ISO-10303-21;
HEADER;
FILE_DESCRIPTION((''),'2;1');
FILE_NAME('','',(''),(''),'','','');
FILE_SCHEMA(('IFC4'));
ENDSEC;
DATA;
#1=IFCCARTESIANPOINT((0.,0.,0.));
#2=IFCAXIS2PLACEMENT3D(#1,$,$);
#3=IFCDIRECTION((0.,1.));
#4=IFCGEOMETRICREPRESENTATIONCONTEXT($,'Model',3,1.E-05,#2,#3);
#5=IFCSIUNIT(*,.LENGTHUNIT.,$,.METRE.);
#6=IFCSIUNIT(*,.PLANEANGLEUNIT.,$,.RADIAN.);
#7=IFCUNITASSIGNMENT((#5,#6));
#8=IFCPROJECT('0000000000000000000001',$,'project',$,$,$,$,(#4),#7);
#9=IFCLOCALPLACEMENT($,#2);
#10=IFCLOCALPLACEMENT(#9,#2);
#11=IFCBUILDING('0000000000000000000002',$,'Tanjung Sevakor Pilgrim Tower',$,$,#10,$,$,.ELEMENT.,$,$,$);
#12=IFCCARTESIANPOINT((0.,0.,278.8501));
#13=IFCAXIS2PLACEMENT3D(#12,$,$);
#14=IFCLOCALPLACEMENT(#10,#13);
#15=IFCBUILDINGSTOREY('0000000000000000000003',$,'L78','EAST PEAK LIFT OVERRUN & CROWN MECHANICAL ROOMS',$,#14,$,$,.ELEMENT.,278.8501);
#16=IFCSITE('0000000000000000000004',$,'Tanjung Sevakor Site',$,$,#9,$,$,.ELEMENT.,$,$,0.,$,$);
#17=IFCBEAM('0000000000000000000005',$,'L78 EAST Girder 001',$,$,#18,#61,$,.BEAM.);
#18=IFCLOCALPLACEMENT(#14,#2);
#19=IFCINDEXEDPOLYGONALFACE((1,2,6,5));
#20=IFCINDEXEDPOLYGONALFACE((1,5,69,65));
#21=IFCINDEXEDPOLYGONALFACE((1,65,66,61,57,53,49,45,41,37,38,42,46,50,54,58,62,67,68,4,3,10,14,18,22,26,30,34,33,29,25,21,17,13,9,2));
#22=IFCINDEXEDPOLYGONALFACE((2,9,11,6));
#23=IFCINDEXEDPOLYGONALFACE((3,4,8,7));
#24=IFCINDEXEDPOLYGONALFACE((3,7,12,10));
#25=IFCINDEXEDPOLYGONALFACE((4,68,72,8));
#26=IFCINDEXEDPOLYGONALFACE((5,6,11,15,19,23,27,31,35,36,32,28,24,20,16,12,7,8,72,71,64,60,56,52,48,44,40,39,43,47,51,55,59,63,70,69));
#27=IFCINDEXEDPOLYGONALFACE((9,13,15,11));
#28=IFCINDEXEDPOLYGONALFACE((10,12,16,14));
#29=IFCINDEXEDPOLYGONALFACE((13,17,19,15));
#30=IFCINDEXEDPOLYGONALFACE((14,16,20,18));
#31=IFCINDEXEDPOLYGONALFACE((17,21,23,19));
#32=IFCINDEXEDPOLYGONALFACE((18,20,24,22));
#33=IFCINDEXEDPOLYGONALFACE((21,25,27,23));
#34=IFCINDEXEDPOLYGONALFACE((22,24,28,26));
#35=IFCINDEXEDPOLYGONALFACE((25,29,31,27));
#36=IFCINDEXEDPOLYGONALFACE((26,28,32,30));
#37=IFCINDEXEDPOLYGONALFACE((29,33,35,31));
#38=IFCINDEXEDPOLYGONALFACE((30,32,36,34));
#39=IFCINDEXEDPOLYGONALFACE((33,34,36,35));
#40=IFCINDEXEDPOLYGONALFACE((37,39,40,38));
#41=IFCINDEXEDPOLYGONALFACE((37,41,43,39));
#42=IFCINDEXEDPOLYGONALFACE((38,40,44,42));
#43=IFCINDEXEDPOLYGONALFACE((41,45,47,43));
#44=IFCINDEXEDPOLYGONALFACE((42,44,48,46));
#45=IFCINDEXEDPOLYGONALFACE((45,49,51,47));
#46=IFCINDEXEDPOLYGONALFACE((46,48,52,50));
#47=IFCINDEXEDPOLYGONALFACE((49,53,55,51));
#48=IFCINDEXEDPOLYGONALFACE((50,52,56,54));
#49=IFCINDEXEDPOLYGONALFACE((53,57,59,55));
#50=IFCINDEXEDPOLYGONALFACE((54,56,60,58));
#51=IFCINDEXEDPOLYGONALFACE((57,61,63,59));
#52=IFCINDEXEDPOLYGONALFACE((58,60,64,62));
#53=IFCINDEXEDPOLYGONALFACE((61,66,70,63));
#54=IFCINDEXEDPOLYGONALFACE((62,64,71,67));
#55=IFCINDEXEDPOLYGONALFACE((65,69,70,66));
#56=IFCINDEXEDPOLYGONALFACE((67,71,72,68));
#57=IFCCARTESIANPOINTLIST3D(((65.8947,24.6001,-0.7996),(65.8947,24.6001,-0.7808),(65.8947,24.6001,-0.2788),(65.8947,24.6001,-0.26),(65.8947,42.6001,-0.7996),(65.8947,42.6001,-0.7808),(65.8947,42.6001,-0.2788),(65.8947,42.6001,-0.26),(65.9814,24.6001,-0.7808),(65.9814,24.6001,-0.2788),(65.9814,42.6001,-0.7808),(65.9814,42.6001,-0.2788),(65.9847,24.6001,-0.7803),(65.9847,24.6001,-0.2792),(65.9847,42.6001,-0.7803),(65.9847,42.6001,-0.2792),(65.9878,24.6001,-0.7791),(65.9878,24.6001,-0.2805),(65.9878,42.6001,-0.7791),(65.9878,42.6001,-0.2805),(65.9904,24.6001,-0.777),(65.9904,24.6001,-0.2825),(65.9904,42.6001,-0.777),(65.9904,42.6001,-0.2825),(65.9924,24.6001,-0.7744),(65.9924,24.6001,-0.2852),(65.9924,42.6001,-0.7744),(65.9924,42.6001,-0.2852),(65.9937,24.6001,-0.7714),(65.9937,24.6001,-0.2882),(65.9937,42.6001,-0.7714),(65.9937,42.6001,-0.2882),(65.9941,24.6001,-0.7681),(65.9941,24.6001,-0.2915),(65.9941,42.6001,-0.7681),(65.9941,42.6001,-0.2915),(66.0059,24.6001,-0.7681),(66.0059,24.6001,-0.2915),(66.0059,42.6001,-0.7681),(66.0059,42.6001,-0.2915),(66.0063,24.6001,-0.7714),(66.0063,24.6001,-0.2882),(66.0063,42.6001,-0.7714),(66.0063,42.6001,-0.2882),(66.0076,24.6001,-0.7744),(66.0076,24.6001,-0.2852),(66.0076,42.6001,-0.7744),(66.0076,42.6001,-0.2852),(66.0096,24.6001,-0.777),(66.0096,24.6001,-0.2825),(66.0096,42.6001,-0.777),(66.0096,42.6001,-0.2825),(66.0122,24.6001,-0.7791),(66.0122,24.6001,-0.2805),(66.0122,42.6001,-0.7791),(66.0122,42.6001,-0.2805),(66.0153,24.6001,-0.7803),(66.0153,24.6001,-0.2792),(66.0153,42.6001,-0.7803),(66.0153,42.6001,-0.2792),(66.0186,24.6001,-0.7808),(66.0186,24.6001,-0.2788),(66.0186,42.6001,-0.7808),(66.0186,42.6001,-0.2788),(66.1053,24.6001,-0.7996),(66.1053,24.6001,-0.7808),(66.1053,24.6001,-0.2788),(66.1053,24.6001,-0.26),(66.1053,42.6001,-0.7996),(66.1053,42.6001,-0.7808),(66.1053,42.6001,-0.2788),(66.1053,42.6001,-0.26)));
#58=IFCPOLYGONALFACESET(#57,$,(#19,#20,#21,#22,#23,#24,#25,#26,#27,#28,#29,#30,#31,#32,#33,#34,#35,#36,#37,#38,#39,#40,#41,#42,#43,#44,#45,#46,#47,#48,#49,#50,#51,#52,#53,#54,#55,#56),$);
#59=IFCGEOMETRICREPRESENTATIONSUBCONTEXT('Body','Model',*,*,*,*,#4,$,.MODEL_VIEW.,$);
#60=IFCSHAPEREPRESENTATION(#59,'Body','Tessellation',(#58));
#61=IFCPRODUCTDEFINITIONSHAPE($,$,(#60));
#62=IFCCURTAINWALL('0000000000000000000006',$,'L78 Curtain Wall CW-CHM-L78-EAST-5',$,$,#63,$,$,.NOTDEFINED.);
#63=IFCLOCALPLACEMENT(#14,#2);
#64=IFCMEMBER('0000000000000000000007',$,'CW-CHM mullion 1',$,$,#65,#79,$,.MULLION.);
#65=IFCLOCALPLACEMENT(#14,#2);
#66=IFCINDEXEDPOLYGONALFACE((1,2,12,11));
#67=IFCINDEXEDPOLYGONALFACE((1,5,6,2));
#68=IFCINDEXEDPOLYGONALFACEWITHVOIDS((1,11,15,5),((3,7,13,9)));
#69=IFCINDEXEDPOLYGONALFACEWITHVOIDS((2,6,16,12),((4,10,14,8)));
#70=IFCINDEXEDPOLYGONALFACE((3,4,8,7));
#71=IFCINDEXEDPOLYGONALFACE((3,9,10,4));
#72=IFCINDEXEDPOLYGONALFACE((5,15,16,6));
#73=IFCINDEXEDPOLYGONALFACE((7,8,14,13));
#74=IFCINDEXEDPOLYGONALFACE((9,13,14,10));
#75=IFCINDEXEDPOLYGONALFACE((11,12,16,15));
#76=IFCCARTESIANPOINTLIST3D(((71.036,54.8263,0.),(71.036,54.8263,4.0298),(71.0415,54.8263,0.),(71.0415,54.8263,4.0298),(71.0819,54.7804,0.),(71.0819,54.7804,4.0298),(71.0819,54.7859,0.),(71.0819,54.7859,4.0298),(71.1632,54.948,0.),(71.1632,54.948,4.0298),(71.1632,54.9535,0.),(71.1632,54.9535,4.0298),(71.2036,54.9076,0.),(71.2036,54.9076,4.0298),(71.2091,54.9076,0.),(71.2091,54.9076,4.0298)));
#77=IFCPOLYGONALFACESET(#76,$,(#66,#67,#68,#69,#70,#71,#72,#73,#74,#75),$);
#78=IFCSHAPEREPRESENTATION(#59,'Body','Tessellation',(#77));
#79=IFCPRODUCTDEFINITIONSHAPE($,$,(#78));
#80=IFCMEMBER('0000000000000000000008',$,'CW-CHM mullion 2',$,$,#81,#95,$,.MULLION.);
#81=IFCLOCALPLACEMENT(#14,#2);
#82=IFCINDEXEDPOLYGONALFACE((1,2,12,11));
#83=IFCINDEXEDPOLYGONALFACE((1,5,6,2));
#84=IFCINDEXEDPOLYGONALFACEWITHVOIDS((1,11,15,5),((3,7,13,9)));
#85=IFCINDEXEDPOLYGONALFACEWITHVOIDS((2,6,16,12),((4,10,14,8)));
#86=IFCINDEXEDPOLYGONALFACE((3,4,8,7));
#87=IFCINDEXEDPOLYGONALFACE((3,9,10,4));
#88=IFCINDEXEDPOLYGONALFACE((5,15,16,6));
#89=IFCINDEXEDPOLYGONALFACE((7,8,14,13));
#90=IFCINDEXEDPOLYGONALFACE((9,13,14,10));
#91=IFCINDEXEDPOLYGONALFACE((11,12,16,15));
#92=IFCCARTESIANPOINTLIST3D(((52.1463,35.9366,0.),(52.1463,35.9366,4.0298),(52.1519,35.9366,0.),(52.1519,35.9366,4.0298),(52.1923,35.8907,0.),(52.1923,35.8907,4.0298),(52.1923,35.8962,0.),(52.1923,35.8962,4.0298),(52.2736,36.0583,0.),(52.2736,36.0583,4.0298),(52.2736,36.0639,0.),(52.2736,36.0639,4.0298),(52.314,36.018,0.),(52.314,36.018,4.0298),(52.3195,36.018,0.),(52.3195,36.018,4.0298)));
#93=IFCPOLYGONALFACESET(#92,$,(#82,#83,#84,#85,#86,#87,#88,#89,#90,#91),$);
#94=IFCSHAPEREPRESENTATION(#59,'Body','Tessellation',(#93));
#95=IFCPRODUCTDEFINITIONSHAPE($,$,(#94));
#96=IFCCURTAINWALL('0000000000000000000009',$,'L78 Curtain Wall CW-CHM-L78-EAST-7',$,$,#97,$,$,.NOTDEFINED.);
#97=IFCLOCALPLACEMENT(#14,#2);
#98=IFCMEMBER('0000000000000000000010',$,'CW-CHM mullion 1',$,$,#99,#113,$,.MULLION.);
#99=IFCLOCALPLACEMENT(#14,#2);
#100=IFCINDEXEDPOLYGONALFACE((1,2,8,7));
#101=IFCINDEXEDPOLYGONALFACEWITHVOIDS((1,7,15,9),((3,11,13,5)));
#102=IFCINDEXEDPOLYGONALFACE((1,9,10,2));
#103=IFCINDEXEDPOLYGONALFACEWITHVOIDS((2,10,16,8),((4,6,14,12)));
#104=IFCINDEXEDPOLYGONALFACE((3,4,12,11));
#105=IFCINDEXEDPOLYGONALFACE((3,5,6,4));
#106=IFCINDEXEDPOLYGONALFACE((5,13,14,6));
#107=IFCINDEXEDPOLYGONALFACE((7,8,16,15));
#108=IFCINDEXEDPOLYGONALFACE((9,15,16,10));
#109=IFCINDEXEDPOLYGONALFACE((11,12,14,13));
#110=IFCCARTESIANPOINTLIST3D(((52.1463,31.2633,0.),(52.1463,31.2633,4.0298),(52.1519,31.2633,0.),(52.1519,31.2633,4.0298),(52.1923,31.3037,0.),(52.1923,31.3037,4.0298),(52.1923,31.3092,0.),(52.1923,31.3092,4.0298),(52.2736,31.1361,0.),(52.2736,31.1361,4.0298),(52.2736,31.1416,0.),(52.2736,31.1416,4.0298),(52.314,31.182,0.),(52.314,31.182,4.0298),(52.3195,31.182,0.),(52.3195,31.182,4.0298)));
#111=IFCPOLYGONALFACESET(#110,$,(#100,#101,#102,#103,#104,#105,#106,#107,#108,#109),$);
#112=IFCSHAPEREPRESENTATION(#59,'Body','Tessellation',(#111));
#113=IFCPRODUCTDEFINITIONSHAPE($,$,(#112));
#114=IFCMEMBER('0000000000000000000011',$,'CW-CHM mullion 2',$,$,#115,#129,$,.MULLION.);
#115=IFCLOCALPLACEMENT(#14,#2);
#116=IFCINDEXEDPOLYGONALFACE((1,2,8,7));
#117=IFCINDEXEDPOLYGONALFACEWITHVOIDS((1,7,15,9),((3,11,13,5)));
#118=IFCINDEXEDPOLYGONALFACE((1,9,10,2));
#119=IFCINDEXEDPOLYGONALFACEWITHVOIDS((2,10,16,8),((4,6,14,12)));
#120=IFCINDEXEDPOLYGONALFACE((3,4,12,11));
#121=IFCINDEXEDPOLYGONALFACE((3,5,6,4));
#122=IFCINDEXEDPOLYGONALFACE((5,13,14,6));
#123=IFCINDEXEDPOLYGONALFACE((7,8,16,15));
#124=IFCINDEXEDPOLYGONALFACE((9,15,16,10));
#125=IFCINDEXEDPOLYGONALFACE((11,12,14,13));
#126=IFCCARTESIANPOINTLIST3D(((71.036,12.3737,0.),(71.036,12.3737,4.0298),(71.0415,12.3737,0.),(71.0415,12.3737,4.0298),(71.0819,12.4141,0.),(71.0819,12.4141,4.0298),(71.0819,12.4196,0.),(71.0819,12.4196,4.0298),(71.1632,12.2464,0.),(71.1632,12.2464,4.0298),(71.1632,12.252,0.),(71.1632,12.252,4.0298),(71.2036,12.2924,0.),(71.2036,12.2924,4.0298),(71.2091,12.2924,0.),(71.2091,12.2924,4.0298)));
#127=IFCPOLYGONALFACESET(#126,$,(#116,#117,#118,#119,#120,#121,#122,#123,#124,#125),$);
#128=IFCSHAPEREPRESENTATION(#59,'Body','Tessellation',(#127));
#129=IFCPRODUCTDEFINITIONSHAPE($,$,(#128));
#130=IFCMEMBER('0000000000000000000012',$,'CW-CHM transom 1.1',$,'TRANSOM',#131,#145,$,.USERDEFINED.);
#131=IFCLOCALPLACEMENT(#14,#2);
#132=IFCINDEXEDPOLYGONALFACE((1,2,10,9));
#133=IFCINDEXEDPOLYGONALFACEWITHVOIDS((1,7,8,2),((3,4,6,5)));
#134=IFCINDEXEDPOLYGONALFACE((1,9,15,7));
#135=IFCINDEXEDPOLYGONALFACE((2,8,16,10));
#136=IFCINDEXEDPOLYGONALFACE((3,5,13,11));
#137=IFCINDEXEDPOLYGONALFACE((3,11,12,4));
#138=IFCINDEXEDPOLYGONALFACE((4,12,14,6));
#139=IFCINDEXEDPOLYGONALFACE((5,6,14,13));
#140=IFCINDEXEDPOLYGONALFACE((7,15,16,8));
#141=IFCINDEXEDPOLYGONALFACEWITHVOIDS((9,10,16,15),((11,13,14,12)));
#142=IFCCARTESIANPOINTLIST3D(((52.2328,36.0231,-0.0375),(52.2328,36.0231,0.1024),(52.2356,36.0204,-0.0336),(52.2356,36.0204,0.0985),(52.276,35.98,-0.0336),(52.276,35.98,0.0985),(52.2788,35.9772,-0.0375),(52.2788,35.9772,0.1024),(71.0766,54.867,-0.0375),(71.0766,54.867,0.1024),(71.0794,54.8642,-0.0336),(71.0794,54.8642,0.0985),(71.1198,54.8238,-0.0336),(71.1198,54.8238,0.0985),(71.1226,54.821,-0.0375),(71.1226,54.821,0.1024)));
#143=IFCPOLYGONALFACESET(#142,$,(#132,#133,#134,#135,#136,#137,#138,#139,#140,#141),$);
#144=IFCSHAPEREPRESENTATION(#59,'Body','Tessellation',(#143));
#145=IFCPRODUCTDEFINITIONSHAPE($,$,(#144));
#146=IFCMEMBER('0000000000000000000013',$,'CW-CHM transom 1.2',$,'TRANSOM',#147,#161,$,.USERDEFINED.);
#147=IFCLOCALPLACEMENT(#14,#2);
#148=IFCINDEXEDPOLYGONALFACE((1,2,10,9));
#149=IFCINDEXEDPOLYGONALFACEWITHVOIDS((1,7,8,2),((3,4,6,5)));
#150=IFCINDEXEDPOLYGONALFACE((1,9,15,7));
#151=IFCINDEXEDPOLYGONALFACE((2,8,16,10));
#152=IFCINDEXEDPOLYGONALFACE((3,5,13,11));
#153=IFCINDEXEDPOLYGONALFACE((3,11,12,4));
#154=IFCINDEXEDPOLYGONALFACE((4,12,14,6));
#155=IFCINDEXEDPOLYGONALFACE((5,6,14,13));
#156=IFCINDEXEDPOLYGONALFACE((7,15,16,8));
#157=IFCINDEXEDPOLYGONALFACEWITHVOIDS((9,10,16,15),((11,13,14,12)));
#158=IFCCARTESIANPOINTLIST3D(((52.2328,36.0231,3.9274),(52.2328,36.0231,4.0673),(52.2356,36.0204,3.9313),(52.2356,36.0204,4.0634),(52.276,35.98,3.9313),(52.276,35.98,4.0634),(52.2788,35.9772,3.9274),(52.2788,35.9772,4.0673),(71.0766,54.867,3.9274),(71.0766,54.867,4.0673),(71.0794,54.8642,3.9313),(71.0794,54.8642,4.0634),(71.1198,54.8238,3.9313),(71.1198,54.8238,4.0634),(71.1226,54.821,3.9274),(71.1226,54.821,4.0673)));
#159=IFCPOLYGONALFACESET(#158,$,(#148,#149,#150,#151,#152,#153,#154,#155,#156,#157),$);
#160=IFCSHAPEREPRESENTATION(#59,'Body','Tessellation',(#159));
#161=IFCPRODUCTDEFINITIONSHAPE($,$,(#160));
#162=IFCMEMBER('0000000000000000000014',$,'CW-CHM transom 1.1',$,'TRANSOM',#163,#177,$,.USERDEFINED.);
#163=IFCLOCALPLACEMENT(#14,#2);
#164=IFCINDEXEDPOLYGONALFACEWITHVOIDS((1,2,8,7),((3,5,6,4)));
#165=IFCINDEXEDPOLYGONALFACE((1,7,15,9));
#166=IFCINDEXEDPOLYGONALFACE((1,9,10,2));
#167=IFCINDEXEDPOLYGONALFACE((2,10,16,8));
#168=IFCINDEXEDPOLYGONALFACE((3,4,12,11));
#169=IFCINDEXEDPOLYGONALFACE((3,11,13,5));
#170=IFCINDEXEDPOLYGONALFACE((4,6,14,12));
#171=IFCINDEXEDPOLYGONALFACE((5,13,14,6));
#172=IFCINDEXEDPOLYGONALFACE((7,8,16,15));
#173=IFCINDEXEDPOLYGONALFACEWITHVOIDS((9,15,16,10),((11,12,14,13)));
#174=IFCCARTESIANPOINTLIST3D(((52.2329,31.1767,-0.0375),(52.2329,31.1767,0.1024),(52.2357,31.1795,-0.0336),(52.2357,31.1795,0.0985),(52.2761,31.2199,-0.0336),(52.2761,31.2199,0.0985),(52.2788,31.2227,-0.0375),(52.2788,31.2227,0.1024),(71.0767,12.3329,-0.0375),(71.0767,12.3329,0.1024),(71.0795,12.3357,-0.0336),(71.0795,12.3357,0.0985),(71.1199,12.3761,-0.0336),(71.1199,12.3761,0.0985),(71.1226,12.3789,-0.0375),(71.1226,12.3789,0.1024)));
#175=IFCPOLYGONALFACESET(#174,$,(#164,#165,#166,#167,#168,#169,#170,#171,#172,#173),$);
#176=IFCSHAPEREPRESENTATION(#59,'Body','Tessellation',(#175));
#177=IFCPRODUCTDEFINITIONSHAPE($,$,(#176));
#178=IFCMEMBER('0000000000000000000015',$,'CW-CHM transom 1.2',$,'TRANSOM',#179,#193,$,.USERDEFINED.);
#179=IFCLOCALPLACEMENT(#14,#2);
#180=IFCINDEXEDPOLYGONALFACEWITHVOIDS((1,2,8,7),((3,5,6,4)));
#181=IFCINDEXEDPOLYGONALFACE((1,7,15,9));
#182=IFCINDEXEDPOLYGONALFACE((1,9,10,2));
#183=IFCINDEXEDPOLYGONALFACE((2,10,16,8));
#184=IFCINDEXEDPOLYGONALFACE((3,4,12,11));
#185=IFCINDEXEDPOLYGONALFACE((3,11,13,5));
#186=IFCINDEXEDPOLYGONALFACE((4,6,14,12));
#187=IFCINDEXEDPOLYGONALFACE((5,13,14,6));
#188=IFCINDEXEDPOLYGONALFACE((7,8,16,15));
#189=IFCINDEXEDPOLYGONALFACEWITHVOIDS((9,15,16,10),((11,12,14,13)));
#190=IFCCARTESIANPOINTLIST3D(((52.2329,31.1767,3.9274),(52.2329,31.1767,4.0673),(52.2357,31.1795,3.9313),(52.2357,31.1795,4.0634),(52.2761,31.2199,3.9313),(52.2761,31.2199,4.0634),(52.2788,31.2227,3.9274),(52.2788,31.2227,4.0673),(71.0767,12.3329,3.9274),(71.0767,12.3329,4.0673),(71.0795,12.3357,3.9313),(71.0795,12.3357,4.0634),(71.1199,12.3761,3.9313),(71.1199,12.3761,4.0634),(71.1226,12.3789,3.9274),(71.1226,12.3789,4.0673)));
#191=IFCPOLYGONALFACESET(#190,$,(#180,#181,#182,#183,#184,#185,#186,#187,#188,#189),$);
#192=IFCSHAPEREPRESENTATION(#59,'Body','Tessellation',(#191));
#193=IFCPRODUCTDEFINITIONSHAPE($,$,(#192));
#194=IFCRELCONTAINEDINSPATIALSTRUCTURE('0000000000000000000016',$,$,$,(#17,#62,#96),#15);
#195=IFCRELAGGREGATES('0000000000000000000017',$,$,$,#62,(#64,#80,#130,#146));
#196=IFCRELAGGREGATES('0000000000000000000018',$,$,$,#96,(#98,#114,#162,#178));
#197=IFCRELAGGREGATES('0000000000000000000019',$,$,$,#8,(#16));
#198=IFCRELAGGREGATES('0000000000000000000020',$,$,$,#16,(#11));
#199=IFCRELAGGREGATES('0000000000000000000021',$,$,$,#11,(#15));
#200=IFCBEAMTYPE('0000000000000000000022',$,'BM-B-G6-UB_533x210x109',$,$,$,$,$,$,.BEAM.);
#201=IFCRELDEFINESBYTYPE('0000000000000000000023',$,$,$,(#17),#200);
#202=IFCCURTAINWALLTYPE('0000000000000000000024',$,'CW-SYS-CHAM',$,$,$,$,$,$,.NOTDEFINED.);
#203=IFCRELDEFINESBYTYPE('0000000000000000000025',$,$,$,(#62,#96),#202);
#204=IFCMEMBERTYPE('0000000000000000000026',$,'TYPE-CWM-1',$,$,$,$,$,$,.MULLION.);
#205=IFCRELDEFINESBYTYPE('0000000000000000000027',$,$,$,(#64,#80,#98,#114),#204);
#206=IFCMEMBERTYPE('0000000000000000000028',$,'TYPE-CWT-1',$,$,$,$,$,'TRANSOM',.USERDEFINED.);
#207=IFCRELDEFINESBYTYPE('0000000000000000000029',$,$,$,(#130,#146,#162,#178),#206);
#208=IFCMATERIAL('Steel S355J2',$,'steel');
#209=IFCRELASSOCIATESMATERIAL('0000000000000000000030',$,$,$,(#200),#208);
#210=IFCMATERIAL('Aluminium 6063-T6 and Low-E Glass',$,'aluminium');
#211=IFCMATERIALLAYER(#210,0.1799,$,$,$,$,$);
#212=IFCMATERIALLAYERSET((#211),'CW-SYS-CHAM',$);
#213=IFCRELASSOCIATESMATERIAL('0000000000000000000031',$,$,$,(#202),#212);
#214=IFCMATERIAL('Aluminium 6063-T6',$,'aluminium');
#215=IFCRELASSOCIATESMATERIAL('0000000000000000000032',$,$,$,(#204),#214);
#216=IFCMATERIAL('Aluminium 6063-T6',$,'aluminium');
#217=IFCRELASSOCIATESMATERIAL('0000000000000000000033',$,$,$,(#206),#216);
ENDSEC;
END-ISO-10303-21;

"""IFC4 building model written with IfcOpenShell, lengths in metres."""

from ifc_helpers import new_model, si_unit, direction, frame, origin, origin_2d, place, context, subcontext, project, spatial, hollow_rectangle, i_section, extrude, material, layer, layer_set, material_profile, profile_set, type_object, element, aggregate, save


model = new_model("IFC4")

# Units and contexts
model_context = context("Model", 3, precision=1e-05, world=origin(), true_north=direction((0.0, 1.0)))
body_context = subcontext(model_context, "Body", "Model", "MODEL_VIEW")
ifc_project = project(units=[si_unit("LENGTHUNIT", "METRE"), si_unit("PLANEANGLEUNIT", "RADIAN")], contexts=[model_context])

# Site, building, storey
site_placement = place(None, origin())
site = spatial("IfcSite", under=ifc_project, at=site_placement, Name="Tanjung Sevakor Site", CompositionType="ELEMENT", RefElevation=0.0)
building_placement = place(site_placement, origin())
building = spatial("IfcBuilding", under=site, at=building_placement, Name="Tanjung Sevakor Pilgrim Tower", CompositionType="ELEMENT")
storey_placement = place(building_placement, frame((0.0, 0.0, 278.8501)))
storey = spatial("IfcBuildingStorey", under=building, at=storey_placement, Name="L78", Description="EAST PEAK LIFT OVERRUN & CROWN MECHANICAL ROOMS", CompositionType="ELEMENT", Elevation=278.8501)

# Beam
ifc_material_1 = material(Name="Steel S355J2", Category="steel")
ifc_material_profile_1 = material_profile(ifc_material_1, i_section(OverallWidth=0.2107, OverallDepth=0.5396, WebThickness=0.0117, FlangeThickness=0.0188, FilletRadius=0.0127, at=origin_2d()))
ifc_profile_set_1 = profile_set([ifc_material_profile_1], Name="Steel S355J2")
beam_type_1 = type_object("IfcBeamType", Name="BM-B-G6-UB_533x210x109", PredefinedType="BEAM", material=ifc_profile_set_1)
beam_placement = place(storey_placement, frame((66.0, 24.6001, -0.5298), z_axis=(0.0, 1.0, 0.0), x_axis=(-1.0, 0.0, 0.0)))
element("IfcBeam", 1, at=beam_placement, inside=storey, type_object=beam_type_1, Name="L78 EAST Girder 001", PredefinedType="BEAM", context=body_context, shape_type="SweptSolid", body=[
    extrude(i_section(OverallWidth=0.2107, OverallDepth=0.5396, WebThickness=0.0117, FlangeThickness=0.0188, FilletRadius=0.0127, at=origin_2d()), origin(), (0.0, 0.0, 1.0), 18.0),
])

# Curtain walls, members
ifc_material_2 = material(Name="Aluminium 6063-T6 and Low-E Glass", Category="aluminium")
ifc_layer_1 = layer(ifc_material_2, 0.1799)
ifc_layer_set_1 = layer_set([ifc_layer_1], Name="CW-SYS-CHAM")
curtain_wall_type = type_object("IfcCurtainWallType", Name="CW-SYS-CHAM", PredefinedType="NOTDEFINED", material=ifc_layer_set_1)
curtain_wall_1_placement = place(storey_placement, origin())
curtain_wall_1 = element("IfcCurtainWall", 2, at=curtain_wall_1_placement, inside=storey, type_object=curtain_wall_type, Name="L78 Curtain Wall CW-CHM-L78-EAST-5", PredefinedType="NOTDEFINED")
ifc_material_3 = material(Name="Aluminium 6063-T6", Category="aluminium")
ifc_material_profile_2 = material_profile(ifc_material_3, hollow_rectangle(XDim=0.0649, YDim=0.1799, WallThickness=0.0039, at=origin_2d()))
ifc_profile_set_2 = profile_set([ifc_material_profile_2], Name="Aluminium 6063-T6")
member_type_1 = type_object("IfcMemberType", Name="TYPE-CWM-1", PredefinedType="MULLION", material=ifc_profile_set_2)
member_1_placement = place(storey_placement, frame((71.1226, 54.8669, 0.0), z_axis=(0.0, 0.0, 1.0), x_axis=(0.707107, -0.707107, 0.0)))
member_1 = element("IfcMember", 3, at=member_1_placement, type_object=member_type_1, Name="CW-CHM mullion 1", PredefinedType="MULLION", context=body_context, shape_type="SweptSolid", body=[
    extrude(hollow_rectangle(XDim=0.0649, YDim=0.1799, WallThickness=0.0039, at=origin_2d()), origin(), (0.0, 0.0, 1.0), 4.0298),
])
member_2_placement = place(storey_placement, frame((52.2329, 35.9773, 0.0), z_axis=(0.0, 0.0, 1.0), x_axis=(0.707107, -0.707107, 0.0)))
member_2 = element("IfcMember", 4, at=member_2_placement, type_object=member_type_1, Name="CW-CHM mullion 2", PredefinedType="MULLION", context=body_context, shape_type="SweptSolid", body=[
    extrude(hollow_rectangle(XDim=0.0649, YDim=0.1799, WallThickness=0.0039, at=origin_2d()), origin(), (0.0, 0.0, 1.0), 4.0298),
])
curtain_wall_2_placement = place(storey_placement, origin())
curtain_wall_2 = element("IfcCurtainWall", 5, at=curtain_wall_2_placement, inside=storey, type_object=curtain_wall_type, Name="L78 Curtain Wall CW-CHM-L78-EAST-7", PredefinedType="NOTDEFINED")
member_3_placement = place(storey_placement, frame((52.2329, 31.2227, 0.0), z_axis=(0.0, 0.0, 1.0), x_axis=(0.707107, 0.707107, 0.0)))
member_3 = element("IfcMember", 6, at=member_3_placement, type_object=member_type_1, Name="CW-CHM mullion 1", PredefinedType="MULLION", context=body_context, shape_type="SweptSolid", body=[
    extrude(hollow_rectangle(XDim=0.0649, YDim=0.1799, WallThickness=0.0039, at=origin_2d()), origin(), (0.0, 0.0, 1.0), 4.0298),
])
member_4_placement = place(storey_placement, frame((71.1226, 12.333, 0.0), z_axis=(0.0, 0.0, 1.0), x_axis=(0.707107, 0.707107, 0.0)))
member_4 = element("IfcMember", 7, at=member_4_placement, type_object=member_type_1, Name="CW-CHM mullion 2", PredefinedType="MULLION", context=body_context, shape_type="SweptSolid", body=[
    extrude(hollow_rectangle(XDim=0.0649, YDim=0.1799, WallThickness=0.0039, at=origin_2d()), origin(), (0.0, 0.0, 1.0), 4.0298),
])

# Members
ifc_material_4 = material(Name="Aluminium 6063-T6", Category="aluminium")
ifc_material_profile_3 = material_profile(ifc_material_4, hollow_rectangle(XDim=0.0649, YDim=0.1399, WallThickness=0.0039, at=origin_2d()))
ifc_profile_set_3 = profile_set([ifc_material_profile_3], Name="Aluminium 6063-T6")
member_type_2 = type_object("IfcMemberType", Name="TYPE-CWT-1", ElementType="TRANSOM", PredefinedType="USERDEFINED", material=ifc_profile_set_3)
member_5_placement = place(storey_placement, frame((71.0996, 54.844, 0.0325), z_axis=(-0.707107, -0.707107, 0.0), x_axis=(0.707107, -0.707107, 0.0)))
member_5 = element("IfcMember", 8, at=member_5_placement, type_object=member_type_2, Name="CW-CHM transom 1.1", ObjectType="TRANSOM", PredefinedType="USERDEFINED", context=body_context, shape_type="SweptSolid", body=[
    extrude(hollow_rectangle(XDim=0.0649, YDim=0.1399, WallThickness=0.0039, at=origin_2d()), origin(), (0.0, 0.0, 1.0), 26.6492),
])
member_6_placement = place(storey_placement, frame((71.0996, 54.844, 3.9973), z_axis=(-0.707107, -0.707107, 0.0), x_axis=(0.707107, -0.707107, 0.0)))
member_6 = element("IfcMember", 9, at=member_6_placement, type_object=member_type_2, Name="CW-CHM transom 1.2", ObjectType="TRANSOM", PredefinedType="USERDEFINED", context=body_context, shape_type="SweptSolid", body=[
    extrude(hollow_rectangle(XDim=0.0649, YDim=0.1399, WallThickness=0.0039, at=origin_2d()), origin(), (0.0, 0.0, 1.0), 26.6492),
])
member_7_placement = place(storey_placement, frame((52.2559, 31.1997, 0.0325), z_axis=(0.707107, -0.707107, 0.0), x_axis=(0.707107, 0.707107, 0.0)))
member_7 = element("IfcMember", 10, at=member_7_placement, type_object=member_type_2, Name="CW-CHM transom 1.1", ObjectType="TRANSOM", PredefinedType="USERDEFINED", context=body_context, shape_type="SweptSolid", body=[
    extrude(hollow_rectangle(XDim=0.0649, YDim=0.1399, WallThickness=0.0039, at=origin_2d()), origin(), (0.0, 0.0, 1.0), 26.6492),
])
member_8_placement = place(storey_placement, frame((52.2559, 31.1997, 3.9973), z_axis=(0.707107, -0.707107, 0.0), x_axis=(0.707107, 0.707107, 0.0)))
member_8 = element("IfcMember", 11, at=member_8_placement, type_object=member_type_2, Name="CW-CHM transom 1.2", ObjectType="TRANSOM", PredefinedType="USERDEFINED", context=body_context, shape_type="SweptSolid", body=[
    extrude(hollow_rectangle(XDim=0.0649, YDim=0.1399, WallThickness=0.0039, at=origin_2d()), origin(), (0.0, 0.0, 1.0), 26.6492),
])

aggregate(curtain_wall_1, [member_1, member_2, member_5, member_6])
aggregate(curtain_wall_2, [member_3, member_4, member_7, member_8])

save(model, "model.ifc")
